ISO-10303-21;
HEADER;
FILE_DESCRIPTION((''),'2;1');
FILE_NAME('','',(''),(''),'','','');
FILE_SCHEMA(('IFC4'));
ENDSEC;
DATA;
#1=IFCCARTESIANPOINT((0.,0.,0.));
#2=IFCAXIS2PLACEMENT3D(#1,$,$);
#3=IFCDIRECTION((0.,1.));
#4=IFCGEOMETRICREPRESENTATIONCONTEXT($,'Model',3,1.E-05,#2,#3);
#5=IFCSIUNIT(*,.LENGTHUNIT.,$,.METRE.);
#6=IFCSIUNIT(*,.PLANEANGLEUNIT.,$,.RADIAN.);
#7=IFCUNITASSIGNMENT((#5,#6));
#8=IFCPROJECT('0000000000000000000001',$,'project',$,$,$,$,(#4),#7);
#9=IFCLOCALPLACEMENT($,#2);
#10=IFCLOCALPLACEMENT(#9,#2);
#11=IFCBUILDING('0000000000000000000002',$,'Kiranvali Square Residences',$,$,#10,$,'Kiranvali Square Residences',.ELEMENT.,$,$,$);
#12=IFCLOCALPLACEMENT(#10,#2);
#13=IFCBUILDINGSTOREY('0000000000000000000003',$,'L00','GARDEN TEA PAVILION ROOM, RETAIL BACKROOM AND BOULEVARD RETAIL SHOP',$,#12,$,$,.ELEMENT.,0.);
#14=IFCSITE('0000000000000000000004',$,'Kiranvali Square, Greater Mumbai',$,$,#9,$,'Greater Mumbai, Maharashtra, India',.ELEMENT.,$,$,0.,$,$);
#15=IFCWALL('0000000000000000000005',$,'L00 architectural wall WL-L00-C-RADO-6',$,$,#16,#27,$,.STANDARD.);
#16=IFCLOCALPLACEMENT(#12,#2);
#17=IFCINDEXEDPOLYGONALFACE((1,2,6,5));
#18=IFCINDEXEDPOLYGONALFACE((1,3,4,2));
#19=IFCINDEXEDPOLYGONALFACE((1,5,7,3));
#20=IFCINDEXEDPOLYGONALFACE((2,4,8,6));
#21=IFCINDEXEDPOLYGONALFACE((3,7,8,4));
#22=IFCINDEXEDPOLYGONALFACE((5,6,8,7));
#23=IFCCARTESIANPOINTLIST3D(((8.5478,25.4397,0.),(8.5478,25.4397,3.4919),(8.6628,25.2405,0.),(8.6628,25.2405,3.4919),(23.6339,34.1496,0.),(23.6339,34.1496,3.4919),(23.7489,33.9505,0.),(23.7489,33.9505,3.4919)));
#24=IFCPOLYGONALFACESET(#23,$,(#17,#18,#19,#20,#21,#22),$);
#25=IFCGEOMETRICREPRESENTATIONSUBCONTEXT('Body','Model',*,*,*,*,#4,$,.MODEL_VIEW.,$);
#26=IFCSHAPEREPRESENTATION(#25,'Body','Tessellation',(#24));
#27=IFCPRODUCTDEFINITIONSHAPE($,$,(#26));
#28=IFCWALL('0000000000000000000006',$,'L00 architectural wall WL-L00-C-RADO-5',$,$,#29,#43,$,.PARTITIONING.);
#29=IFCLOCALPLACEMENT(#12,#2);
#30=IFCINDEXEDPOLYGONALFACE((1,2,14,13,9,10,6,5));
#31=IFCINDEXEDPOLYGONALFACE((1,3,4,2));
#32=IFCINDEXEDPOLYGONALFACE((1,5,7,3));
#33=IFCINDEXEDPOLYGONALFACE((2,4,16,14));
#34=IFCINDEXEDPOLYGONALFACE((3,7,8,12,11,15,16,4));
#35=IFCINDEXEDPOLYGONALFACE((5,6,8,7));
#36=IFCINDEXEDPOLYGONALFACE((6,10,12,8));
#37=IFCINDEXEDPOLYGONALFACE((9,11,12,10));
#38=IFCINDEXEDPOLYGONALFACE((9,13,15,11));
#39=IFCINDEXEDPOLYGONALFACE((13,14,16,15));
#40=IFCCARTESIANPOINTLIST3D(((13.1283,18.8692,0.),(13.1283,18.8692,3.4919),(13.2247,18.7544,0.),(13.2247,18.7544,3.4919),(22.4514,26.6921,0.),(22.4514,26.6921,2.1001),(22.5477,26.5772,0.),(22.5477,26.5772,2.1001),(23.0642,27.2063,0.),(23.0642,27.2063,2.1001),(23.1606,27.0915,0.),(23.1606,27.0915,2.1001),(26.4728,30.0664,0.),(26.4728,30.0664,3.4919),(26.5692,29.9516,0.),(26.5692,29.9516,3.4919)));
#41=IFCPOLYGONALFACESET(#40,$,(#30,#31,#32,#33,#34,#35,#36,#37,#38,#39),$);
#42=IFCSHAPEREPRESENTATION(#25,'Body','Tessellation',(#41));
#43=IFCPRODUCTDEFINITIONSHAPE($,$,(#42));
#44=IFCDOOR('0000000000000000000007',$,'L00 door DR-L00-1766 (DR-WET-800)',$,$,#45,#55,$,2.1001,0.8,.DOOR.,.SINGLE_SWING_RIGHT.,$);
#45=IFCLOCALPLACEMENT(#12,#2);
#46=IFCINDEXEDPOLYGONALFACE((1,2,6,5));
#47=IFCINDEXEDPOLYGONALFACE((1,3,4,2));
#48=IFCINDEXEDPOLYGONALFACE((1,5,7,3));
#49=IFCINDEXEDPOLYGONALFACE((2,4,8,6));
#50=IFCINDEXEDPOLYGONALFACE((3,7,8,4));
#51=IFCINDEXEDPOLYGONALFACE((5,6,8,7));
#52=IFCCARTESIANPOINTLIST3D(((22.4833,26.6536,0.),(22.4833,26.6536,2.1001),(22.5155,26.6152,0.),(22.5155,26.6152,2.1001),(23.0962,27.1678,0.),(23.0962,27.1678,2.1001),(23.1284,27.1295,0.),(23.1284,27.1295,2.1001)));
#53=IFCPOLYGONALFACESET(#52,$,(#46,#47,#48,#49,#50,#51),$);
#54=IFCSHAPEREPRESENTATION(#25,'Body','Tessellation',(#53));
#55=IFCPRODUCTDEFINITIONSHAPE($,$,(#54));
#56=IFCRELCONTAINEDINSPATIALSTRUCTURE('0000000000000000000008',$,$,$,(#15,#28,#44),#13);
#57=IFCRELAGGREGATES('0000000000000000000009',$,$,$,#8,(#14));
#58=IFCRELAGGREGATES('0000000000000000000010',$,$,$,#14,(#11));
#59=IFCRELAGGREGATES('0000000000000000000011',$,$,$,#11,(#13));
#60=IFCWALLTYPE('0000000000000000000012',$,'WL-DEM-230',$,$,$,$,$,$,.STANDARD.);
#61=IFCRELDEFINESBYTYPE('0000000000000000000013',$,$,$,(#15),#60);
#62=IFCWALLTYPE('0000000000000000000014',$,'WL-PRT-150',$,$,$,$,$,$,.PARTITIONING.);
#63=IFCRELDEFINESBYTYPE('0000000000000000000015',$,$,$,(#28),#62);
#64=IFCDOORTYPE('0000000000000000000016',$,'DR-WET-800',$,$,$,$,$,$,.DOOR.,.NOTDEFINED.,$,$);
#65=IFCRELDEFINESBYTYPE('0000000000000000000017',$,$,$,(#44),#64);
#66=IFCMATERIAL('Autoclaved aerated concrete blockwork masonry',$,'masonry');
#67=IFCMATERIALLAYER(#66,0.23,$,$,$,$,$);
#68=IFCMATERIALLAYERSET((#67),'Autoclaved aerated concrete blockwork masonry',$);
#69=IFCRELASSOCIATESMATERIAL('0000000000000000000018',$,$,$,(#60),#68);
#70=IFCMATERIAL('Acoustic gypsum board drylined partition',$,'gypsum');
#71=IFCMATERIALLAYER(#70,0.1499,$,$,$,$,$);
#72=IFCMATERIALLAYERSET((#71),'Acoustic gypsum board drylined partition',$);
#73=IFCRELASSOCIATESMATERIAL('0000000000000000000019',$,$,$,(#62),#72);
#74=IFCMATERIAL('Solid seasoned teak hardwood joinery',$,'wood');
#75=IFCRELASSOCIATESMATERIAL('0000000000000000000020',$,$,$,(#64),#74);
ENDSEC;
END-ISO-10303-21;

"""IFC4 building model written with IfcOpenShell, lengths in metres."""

from ifc_helpers import new_model, si_unit, direction, frame, frame_2d, origin, place, context, subcontext, project, spatial, rectangle, extrude, material, layer, layer_set, type_object, element, fill, save


model = new_model("IFC4")

# Units and contexts
model_context = context("Model", 3, precision=1e-05, world=origin(), true_north=direction((0.0, 1.0)))
body_context = subcontext(model_context, "Body", "Model", "MODEL_VIEW")
ifc_project = project(units=[si_unit("LENGTHUNIT", "METRE"), si_unit("PLANEANGLEUNIT", "RADIAN")], contexts=[model_context])

# Site, building, storey
site_placement = place(None, origin())
site = spatial("IfcSite", under=ifc_project, at=site_placement, Name="Kiranvali Square, Greater Mumbai", LongName="Greater Mumbai, Maharashtra, India", CompositionType="ELEMENT", RefElevation=0.0)
building_placement = place(site_placement, origin())
building = spatial("IfcBuilding", under=site, at=building_placement, Name="Kiranvali Square Residences", LongName="Kiranvali Square Residences", CompositionType="ELEMENT")
storey_placement = place(building_placement, origin())
storey = spatial("IfcBuildingStorey", under=building, at=storey_placement, Name="L00", Description="GARDEN TEA PAVILION ROOM, RETAIL BACKROOM AND BOULEVARD RETAIL SHOP", CompositionType="ELEMENT", Elevation=0.0)

# Wall
ifc_material_1 = material(Name="Autoclaved aerated concrete blockwork masonry", Category="masonry")
ifc_layer_1 = layer(ifc_material_1, 0.23)
ifc_layer_set_1 = layer_set([ifc_layer_1], Name="Autoclaved aerated concrete blockwork masonry")
wall_type_1 = type_object("IfcWallType", Name="WL-DEM-230", PredefinedType="STANDARD", material=ifc_layer_set_1)
wall_1_placement = place(storey_placement, frame((23.6914, 34.05, 0.0), z_axis=(0.0, 0.0, 1.0), x_axis=(-0.866027, -0.499998, 0.0)))
element("IfcWall", 1, at=wall_1_placement, inside=storey, type_object=wall_type_1, Name="L00 architectural wall WL-L00-C-RADO-6", PredefinedType="STANDARD", context=body_context, shape_type="SweptSolid", body=[
    extrude(rectangle(XDim=17.4199, YDim=0.23, at=frame_2d((8.71, 0.0))), origin(), (0.0, 0.0, 1.0), 3.4919),
])

# Wall, opening, door
ifc_material_2 = material(Name="Acoustic gypsum board drylined partition", Category="gypsum")
ifc_layer_2 = layer(ifc_material_2, 0.1499)
ifc_layer_set_2 = layer_set([ifc_layer_2], Name="Acoustic gypsum board drylined partition")
wall_type_2 = type_object("IfcWallType", Name="WL-PRT-150", PredefinedType="PARTITIONING", material=ifc_layer_set_2)
wall_2_placement = place(storey_placement, frame((26.521, 30.009, 0.0), z_axis=(0.0, 0.0, 1.0), x_axis=(-0.766047, -0.642785, 0.0)))
wall_2 = element("IfcWall", 2, at=wall_2_placement, inside=storey, type_object=wall_type_2, Name="L00 architectural wall WL-L00-C-RADO-5", PredefinedType="PARTITIONING", context=body_context, shape_type="SweptSolid", body=[
    extrude(rectangle(XDim=17.4199, YDim=0.1499, at=frame_2d((8.71, 0.0))), origin(), (0.0, 0.0, 1.0), 3.4919),
])
opening_placement = place(wall_2_placement, frame((4.4497, 0.0, 0.0)))
opening = element("IfcOpeningElement", 3, at=opening_placement, cuts=wall_2, PredefinedType="OPENING", context=body_context, shape_type="SweptSolid", body=[
    extrude(rectangle(XDim=0.8, YDim=2.1001, at=frame_2d((0.3999, 1.05))), frame((0.0, 0.085, 0.0), z_axis=(0.0, -1.0, 0.0), x_axis=(1.0, 0.0, 0.0)), (0.0, 0.0, 1.0), 0.1699),
])
ifc_material_3 = material(Name="Solid seasoned teak hardwood joinery", Category="wood")
door_type = type_object("IfcDoorType", Name="DR-WET-800", OperationType="NOTDEFINED", PredefinedType="DOOR", material=ifc_material_3)
door_placement = place(opening_placement, frame((0.8, 0.0, 0.0), z_axis=(0.0, 0.0, 1.0), x_axis=(-1.0, 0.0, 0.0)))
door = element("IfcDoor", 4, at=door_placement, inside=storey, type_object=door_type, Name="L00 door DR-L00-1766 (DR-WET-800)", OperationType="SINGLE_SWING_RIGHT", OverallHeight=2.1001, OverallWidth=0.8, PredefinedType="DOOR", context=body_context, shape_type="SweptSolid", body=[
    extrude(rectangle(XDim=0.8, YDim=2.1001, at=frame_2d((0.3999, 1.05))), frame((0.0, 0.0249, 0.0), z_axis=(0.0, -1.0, 0.0), x_axis=(1.0, 0.0, 0.0)), (0.0, 0.0, 1.0), 0.05),
])
fill(opening, door)

save(model, "model.ifc")
